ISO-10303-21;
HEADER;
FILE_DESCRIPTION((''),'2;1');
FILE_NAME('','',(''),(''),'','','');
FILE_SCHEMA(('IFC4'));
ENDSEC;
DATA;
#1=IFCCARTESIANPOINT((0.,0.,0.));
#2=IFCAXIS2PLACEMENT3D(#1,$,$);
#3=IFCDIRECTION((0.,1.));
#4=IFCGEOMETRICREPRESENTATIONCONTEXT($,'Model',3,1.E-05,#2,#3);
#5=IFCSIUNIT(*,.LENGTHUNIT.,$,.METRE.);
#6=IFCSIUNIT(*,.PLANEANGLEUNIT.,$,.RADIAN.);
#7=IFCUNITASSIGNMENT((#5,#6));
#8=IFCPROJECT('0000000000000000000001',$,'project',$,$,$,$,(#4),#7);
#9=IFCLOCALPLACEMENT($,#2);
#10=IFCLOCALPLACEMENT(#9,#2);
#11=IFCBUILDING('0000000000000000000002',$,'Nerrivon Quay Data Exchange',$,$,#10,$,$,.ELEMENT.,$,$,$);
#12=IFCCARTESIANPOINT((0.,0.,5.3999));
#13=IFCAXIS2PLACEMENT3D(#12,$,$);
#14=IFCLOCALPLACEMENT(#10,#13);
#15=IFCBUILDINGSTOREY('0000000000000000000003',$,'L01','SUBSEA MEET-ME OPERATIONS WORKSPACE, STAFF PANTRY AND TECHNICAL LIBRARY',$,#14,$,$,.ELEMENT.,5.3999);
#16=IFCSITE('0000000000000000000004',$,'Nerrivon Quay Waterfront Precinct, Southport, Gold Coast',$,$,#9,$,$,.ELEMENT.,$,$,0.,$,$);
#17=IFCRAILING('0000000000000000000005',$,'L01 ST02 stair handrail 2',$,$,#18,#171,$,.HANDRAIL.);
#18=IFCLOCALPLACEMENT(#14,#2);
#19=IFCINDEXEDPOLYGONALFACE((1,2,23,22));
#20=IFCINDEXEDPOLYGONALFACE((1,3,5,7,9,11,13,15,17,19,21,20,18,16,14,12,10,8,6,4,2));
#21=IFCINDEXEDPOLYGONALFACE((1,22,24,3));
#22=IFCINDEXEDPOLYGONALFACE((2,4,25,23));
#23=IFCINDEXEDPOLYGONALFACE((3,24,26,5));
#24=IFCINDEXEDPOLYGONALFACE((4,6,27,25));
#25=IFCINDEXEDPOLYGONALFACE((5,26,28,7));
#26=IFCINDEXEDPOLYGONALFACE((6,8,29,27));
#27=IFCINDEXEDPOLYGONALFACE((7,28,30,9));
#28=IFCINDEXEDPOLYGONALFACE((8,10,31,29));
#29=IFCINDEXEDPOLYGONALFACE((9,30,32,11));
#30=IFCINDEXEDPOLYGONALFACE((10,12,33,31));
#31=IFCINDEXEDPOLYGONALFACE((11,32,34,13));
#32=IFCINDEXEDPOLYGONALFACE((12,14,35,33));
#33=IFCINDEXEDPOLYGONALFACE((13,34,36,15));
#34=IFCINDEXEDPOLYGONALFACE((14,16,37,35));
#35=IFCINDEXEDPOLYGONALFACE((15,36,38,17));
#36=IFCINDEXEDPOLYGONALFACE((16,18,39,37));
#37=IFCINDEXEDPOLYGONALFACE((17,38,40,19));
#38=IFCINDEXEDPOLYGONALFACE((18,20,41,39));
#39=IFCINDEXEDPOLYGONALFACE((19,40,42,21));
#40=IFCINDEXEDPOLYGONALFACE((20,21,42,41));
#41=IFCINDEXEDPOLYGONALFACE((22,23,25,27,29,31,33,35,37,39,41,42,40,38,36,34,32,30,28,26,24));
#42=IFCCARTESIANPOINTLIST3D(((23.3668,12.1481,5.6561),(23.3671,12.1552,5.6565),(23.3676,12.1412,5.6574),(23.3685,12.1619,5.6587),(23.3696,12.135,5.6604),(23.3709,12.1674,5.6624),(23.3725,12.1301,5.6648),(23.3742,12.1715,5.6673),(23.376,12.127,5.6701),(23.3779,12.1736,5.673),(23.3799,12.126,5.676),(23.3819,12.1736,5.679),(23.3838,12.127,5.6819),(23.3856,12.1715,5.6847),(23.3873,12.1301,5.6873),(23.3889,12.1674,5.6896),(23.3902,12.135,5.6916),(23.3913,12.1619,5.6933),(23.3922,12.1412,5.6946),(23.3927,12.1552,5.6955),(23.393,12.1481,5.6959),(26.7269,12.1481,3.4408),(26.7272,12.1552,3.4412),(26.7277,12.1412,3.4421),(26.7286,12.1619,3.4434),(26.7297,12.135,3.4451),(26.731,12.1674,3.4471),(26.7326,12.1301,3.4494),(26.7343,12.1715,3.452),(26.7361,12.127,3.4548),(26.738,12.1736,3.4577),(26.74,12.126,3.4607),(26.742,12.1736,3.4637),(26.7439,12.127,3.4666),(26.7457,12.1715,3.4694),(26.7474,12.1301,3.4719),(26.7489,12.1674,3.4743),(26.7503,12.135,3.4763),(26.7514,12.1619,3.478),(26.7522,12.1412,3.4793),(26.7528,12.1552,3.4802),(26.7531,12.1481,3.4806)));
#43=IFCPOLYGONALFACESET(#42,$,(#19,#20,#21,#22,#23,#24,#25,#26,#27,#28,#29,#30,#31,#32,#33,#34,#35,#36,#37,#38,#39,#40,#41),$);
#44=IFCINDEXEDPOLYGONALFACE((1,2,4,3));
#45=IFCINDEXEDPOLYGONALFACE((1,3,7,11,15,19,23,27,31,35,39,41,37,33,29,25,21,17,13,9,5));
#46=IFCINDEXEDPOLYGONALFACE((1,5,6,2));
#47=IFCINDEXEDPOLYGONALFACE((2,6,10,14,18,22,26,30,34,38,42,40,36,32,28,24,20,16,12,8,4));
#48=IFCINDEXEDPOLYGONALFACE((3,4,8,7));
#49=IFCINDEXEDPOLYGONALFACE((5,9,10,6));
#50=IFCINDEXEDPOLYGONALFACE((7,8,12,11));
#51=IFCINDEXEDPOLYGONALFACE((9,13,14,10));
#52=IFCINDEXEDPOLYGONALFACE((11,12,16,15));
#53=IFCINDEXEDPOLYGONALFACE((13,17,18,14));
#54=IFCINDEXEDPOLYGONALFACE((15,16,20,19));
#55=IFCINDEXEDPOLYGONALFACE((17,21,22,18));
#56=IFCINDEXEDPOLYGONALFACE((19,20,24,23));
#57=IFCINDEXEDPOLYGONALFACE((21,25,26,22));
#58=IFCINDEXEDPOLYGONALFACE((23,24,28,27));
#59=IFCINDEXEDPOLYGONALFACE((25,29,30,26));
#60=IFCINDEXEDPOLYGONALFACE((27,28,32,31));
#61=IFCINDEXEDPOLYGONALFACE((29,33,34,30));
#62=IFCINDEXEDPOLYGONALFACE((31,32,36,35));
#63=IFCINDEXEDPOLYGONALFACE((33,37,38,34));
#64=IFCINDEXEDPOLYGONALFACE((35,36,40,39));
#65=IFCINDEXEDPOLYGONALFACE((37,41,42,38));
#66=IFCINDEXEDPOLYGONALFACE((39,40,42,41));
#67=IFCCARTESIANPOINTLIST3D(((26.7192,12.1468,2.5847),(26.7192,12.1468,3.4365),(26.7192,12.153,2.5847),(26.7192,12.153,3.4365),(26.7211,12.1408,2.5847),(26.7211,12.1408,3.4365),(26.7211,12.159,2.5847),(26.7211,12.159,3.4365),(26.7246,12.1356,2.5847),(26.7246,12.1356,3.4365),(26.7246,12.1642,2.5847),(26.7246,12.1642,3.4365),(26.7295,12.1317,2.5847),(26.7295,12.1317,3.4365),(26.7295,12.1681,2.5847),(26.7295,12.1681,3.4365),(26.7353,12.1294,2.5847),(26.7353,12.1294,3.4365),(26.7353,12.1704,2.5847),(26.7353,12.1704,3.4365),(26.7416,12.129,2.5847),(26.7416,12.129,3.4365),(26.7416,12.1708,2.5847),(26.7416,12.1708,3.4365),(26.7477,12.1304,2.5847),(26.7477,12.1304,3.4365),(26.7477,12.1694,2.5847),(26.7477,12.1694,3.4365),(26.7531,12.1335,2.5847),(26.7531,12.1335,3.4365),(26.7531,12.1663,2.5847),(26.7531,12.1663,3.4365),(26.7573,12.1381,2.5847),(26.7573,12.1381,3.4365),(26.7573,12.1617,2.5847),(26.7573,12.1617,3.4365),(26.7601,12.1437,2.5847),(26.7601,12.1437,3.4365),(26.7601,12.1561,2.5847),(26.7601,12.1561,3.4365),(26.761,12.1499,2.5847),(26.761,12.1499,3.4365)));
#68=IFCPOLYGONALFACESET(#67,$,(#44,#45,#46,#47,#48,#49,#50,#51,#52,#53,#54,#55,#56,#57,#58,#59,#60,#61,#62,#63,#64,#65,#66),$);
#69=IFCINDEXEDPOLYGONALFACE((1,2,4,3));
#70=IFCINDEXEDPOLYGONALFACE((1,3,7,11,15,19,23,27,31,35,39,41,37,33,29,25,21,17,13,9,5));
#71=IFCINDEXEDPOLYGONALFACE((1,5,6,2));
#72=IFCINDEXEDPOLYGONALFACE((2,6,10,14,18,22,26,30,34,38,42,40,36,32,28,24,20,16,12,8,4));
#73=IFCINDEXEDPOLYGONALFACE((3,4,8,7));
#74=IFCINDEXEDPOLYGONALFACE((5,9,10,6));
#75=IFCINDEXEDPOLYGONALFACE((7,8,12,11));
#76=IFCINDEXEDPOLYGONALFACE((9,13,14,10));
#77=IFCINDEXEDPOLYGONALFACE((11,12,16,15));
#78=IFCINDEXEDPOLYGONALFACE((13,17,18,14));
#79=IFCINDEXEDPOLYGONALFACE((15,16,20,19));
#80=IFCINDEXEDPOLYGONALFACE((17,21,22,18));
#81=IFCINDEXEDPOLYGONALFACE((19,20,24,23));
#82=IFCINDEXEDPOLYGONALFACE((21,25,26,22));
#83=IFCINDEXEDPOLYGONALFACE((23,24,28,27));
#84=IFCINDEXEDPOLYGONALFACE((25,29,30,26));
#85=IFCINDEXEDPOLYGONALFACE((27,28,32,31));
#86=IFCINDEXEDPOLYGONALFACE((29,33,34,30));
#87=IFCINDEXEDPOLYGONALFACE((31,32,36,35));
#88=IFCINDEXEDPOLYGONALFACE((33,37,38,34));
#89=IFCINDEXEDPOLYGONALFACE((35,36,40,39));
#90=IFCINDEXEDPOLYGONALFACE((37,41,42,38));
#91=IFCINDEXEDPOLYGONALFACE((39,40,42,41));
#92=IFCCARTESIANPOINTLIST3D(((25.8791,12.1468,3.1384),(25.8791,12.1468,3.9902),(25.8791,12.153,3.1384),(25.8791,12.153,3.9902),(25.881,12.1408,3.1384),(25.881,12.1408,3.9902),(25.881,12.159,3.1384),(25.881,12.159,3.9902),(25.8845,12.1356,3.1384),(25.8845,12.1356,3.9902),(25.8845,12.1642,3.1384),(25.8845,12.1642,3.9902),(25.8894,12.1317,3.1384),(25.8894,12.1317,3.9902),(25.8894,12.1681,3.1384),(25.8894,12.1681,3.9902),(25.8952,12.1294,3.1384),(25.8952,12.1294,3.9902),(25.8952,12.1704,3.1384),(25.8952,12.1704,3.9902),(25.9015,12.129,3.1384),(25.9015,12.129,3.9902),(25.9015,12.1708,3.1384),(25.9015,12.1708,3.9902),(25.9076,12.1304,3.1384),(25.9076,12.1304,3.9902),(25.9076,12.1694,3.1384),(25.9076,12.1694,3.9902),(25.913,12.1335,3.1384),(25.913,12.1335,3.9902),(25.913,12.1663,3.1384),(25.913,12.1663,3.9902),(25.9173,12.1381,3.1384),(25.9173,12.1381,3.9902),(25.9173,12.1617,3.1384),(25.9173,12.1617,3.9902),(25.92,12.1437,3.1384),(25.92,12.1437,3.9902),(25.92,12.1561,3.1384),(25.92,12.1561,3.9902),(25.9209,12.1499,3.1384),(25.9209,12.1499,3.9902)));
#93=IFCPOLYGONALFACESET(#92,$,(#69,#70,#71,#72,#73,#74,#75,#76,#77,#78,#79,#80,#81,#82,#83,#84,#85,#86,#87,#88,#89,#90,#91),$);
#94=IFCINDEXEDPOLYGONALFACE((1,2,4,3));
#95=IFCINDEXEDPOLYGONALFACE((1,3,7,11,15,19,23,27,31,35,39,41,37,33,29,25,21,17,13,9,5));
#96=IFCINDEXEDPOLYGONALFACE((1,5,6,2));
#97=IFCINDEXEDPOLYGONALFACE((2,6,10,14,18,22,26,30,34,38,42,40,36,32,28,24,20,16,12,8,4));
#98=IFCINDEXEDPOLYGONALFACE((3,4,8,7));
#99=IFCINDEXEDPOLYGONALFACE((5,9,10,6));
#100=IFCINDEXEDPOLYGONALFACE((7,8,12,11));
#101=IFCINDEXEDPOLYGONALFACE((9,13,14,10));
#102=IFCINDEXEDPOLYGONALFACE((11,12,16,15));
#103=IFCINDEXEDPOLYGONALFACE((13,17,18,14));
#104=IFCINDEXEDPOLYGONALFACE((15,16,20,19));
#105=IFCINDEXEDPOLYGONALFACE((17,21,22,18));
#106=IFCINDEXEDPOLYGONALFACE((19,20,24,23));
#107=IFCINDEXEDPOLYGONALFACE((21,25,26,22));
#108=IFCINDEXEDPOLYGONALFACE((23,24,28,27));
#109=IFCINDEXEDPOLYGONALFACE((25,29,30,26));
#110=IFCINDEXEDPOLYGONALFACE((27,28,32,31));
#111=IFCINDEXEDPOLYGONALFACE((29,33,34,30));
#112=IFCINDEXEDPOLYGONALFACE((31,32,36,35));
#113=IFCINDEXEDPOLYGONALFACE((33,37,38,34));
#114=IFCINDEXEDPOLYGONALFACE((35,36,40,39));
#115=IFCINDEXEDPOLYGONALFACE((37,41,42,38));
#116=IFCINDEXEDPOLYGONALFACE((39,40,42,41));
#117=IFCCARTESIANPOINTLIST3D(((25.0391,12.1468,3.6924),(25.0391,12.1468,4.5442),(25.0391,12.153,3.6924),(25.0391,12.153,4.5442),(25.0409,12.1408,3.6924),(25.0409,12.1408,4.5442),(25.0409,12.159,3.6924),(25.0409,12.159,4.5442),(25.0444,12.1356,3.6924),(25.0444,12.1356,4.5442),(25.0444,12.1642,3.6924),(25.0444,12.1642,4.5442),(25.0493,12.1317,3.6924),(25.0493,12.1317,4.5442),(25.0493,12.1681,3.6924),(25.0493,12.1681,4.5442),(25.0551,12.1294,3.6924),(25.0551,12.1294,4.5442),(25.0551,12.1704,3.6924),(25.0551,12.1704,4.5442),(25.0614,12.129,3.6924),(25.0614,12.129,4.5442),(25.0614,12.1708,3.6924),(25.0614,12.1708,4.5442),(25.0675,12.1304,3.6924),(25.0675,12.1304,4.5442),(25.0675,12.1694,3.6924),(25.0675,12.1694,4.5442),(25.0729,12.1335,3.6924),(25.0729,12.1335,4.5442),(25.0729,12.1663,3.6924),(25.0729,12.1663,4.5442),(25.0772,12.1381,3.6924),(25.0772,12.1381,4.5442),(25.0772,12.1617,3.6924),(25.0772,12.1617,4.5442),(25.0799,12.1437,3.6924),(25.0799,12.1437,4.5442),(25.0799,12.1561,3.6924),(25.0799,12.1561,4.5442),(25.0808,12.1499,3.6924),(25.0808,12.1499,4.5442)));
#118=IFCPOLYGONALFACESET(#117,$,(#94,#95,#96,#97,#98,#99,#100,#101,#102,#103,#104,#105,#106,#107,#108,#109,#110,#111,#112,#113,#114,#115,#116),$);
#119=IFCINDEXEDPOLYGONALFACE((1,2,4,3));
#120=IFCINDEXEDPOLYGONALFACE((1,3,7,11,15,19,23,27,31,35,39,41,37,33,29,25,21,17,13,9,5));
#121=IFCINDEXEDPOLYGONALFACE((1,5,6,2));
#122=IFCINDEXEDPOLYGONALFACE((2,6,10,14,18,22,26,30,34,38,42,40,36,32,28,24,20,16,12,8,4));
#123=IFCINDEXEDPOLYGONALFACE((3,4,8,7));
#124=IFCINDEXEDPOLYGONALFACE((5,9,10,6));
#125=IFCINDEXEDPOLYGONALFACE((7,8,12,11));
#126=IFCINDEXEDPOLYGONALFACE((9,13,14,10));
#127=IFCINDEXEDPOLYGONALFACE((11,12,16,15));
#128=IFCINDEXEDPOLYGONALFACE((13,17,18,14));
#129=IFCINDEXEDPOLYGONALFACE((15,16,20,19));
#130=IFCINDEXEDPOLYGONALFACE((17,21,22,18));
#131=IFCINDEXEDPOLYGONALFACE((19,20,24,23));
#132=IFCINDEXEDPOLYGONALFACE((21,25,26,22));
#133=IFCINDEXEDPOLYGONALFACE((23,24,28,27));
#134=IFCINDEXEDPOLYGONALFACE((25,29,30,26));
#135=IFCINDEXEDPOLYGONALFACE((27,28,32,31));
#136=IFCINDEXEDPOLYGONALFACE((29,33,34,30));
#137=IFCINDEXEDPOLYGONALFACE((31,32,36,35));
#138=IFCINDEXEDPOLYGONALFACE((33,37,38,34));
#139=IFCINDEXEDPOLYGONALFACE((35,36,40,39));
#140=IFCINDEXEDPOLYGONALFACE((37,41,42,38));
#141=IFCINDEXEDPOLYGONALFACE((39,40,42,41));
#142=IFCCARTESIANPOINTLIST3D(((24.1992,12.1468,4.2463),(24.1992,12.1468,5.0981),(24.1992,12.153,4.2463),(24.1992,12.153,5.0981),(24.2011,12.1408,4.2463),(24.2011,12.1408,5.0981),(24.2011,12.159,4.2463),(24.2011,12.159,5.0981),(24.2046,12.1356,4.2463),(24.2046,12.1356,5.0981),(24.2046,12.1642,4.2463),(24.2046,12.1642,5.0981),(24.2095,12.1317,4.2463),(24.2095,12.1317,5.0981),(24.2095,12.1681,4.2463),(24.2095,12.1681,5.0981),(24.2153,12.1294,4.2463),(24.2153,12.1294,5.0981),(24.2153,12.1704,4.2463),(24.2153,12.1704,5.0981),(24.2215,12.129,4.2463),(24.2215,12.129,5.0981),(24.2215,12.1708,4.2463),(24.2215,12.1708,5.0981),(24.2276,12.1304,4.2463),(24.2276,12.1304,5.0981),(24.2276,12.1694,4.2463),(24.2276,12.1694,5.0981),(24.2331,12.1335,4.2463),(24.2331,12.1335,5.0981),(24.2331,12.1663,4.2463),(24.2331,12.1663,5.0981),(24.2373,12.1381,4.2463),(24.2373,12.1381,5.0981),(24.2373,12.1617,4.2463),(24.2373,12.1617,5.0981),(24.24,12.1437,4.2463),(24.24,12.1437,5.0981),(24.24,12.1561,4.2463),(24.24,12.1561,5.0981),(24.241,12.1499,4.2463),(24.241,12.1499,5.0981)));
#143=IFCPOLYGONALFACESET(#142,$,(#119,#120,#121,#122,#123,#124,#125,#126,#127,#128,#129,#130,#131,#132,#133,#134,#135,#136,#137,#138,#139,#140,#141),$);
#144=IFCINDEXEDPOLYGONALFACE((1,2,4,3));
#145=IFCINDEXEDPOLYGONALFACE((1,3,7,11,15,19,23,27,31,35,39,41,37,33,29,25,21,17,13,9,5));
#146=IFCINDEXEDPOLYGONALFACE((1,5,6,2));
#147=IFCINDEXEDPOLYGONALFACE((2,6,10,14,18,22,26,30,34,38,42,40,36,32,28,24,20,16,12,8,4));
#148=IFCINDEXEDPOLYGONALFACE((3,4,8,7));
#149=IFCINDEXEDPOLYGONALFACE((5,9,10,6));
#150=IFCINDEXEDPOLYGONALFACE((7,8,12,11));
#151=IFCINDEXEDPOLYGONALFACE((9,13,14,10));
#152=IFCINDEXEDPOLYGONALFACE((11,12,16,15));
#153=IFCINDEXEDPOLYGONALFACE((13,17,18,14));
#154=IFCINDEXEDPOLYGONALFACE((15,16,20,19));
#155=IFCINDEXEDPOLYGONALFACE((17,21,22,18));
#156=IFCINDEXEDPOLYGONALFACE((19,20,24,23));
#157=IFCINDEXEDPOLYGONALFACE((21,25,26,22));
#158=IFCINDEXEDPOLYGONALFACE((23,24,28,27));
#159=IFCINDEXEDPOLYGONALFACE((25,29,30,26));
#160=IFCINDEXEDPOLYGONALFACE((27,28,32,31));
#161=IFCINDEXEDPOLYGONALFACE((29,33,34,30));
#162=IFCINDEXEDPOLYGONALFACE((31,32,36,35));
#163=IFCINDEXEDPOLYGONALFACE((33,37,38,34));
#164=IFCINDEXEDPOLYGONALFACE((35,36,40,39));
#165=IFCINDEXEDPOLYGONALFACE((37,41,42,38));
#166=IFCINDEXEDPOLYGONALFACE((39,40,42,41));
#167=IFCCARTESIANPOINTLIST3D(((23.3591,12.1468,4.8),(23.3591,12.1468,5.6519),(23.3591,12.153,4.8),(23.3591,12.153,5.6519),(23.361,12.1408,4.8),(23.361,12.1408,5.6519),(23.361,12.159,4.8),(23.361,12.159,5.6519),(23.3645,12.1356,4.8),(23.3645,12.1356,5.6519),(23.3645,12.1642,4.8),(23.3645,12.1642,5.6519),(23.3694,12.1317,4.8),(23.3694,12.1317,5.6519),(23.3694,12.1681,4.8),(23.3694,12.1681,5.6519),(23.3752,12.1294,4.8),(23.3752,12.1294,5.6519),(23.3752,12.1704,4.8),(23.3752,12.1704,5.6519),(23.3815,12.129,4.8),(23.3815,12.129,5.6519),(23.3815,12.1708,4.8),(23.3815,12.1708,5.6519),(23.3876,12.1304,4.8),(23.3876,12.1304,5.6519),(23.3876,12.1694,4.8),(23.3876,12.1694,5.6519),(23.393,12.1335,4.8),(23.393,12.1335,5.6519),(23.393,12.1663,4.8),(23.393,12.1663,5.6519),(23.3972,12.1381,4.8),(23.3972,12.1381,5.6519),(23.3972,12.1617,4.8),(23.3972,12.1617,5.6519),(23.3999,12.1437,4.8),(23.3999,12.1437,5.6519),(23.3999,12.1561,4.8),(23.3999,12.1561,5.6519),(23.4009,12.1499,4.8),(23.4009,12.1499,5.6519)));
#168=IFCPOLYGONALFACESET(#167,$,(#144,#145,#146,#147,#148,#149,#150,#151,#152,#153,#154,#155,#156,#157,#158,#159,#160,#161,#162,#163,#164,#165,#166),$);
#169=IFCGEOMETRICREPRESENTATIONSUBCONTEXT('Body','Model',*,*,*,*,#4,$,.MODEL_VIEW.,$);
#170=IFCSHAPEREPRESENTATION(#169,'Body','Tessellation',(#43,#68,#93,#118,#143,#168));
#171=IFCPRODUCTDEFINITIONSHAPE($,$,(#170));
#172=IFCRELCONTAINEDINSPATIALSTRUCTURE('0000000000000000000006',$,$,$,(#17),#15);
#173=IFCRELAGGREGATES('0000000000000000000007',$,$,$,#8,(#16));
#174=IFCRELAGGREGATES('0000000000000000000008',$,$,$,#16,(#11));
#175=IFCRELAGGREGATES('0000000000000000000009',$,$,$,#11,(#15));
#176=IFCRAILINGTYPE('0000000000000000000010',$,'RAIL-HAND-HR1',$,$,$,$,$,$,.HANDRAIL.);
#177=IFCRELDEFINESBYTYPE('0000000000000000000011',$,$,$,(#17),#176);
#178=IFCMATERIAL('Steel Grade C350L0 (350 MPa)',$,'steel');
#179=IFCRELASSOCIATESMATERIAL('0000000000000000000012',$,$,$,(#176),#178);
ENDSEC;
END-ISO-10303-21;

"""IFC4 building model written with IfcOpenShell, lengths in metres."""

from ifc_helpers import new_model, si_unit, direction, frame, origin, origin_2d, place, context, subcontext, project, spatial, circle, extrude, material, type_object, element, save


model = new_model("IFC4")

# Units and contexts
model_context = context("Model", 3, precision=1e-05, world=origin(), true_north=direction((0.0, 1.0)))
body_context = subcontext(model_context, "Body", "Model", "MODEL_VIEW")
ifc_project = project(units=[si_unit("LENGTHUNIT", "METRE"), si_unit("PLANEANGLEUNIT", "RADIAN")], contexts=[model_context])

# Site, building, storey
site_placement = place(None, origin())
site = spatial("IfcSite", under=ifc_project, at=site_placement, Name="Nerrivon Quay Waterfront Precinct, Southport, Gold Coast", CompositionType="ELEMENT", RefElevation=0.0)
building_placement = place(site_placement, origin())
building = spatial("IfcBuilding", under=site, at=building_placement, Name="Nerrivon Quay Data Exchange", CompositionType="ELEMENT")
storey_placement = place(building_placement, frame((0.0, 0.0, 5.3999)))
storey = spatial("IfcBuildingStorey", under=building, at=storey_placement, Name="L01", Description="SUBSEA MEET-ME OPERATIONS WORKSPACE, STAFF PANTRY AND TECHNICAL LIBRARY", CompositionType="ELEMENT", Elevation=5.3999)

# Railing
ifc_material_1 = material(Name="Steel Grade C350L0 (350 MPa)", Category="steel")
railing_type_1 = type_object("IfcRailingType", Name="RAIL-HAND-HR1", PredefinedType="HANDRAIL", material=ifc_material_1)
railing_1_placement = place(storey_placement, frame((26.74, 12.1499, 2.5847)))
element("IfcRailing", 1, at=railing_1_placement, inside=storey, type_object=railing_type_1, Name="L01 ST02 stair handrail 2", PredefinedType="HANDRAIL", context=body_context, shape_type="SweptSolid", body=[
    extrude(circle(Radius=0.0239, at=origin_2d()), frame((0.0, 0.0, 0.876), z_axis=(-0.834876, 0.0, 0.550437), x_axis=(0.0, -1.0, 0.0)), (0.0, 0.0, 1.0), 4.0247),
    extrude(circle(Radius=0.021, at=origin_2d()), origin(), (0.0, 0.0, 1.0), 0.8518),
    extrude(circle(Radius=0.021, at=origin_2d()), frame((-0.8401, 0.0, 0.5537)), (0.0, 0.0, 1.0), 0.8518),
    extrude(circle(Radius=0.021, at=origin_2d()), frame((-1.6802, 0.0, 1.1077)), (0.0, 0.0, 1.0), 0.8518),
    extrude(circle(Radius=0.021, at=origin_2d()), frame((-2.52, 0.0, 1.6616)), (0.0, 0.0, 1.0), 0.8518),
    extrude(circle(Radius=0.021, at=origin_2d()), frame((-3.3601, 0.0, 2.2153)), (0.0, 0.0, 1.0), 0.8518),
])

save(model, "model.ifc")
